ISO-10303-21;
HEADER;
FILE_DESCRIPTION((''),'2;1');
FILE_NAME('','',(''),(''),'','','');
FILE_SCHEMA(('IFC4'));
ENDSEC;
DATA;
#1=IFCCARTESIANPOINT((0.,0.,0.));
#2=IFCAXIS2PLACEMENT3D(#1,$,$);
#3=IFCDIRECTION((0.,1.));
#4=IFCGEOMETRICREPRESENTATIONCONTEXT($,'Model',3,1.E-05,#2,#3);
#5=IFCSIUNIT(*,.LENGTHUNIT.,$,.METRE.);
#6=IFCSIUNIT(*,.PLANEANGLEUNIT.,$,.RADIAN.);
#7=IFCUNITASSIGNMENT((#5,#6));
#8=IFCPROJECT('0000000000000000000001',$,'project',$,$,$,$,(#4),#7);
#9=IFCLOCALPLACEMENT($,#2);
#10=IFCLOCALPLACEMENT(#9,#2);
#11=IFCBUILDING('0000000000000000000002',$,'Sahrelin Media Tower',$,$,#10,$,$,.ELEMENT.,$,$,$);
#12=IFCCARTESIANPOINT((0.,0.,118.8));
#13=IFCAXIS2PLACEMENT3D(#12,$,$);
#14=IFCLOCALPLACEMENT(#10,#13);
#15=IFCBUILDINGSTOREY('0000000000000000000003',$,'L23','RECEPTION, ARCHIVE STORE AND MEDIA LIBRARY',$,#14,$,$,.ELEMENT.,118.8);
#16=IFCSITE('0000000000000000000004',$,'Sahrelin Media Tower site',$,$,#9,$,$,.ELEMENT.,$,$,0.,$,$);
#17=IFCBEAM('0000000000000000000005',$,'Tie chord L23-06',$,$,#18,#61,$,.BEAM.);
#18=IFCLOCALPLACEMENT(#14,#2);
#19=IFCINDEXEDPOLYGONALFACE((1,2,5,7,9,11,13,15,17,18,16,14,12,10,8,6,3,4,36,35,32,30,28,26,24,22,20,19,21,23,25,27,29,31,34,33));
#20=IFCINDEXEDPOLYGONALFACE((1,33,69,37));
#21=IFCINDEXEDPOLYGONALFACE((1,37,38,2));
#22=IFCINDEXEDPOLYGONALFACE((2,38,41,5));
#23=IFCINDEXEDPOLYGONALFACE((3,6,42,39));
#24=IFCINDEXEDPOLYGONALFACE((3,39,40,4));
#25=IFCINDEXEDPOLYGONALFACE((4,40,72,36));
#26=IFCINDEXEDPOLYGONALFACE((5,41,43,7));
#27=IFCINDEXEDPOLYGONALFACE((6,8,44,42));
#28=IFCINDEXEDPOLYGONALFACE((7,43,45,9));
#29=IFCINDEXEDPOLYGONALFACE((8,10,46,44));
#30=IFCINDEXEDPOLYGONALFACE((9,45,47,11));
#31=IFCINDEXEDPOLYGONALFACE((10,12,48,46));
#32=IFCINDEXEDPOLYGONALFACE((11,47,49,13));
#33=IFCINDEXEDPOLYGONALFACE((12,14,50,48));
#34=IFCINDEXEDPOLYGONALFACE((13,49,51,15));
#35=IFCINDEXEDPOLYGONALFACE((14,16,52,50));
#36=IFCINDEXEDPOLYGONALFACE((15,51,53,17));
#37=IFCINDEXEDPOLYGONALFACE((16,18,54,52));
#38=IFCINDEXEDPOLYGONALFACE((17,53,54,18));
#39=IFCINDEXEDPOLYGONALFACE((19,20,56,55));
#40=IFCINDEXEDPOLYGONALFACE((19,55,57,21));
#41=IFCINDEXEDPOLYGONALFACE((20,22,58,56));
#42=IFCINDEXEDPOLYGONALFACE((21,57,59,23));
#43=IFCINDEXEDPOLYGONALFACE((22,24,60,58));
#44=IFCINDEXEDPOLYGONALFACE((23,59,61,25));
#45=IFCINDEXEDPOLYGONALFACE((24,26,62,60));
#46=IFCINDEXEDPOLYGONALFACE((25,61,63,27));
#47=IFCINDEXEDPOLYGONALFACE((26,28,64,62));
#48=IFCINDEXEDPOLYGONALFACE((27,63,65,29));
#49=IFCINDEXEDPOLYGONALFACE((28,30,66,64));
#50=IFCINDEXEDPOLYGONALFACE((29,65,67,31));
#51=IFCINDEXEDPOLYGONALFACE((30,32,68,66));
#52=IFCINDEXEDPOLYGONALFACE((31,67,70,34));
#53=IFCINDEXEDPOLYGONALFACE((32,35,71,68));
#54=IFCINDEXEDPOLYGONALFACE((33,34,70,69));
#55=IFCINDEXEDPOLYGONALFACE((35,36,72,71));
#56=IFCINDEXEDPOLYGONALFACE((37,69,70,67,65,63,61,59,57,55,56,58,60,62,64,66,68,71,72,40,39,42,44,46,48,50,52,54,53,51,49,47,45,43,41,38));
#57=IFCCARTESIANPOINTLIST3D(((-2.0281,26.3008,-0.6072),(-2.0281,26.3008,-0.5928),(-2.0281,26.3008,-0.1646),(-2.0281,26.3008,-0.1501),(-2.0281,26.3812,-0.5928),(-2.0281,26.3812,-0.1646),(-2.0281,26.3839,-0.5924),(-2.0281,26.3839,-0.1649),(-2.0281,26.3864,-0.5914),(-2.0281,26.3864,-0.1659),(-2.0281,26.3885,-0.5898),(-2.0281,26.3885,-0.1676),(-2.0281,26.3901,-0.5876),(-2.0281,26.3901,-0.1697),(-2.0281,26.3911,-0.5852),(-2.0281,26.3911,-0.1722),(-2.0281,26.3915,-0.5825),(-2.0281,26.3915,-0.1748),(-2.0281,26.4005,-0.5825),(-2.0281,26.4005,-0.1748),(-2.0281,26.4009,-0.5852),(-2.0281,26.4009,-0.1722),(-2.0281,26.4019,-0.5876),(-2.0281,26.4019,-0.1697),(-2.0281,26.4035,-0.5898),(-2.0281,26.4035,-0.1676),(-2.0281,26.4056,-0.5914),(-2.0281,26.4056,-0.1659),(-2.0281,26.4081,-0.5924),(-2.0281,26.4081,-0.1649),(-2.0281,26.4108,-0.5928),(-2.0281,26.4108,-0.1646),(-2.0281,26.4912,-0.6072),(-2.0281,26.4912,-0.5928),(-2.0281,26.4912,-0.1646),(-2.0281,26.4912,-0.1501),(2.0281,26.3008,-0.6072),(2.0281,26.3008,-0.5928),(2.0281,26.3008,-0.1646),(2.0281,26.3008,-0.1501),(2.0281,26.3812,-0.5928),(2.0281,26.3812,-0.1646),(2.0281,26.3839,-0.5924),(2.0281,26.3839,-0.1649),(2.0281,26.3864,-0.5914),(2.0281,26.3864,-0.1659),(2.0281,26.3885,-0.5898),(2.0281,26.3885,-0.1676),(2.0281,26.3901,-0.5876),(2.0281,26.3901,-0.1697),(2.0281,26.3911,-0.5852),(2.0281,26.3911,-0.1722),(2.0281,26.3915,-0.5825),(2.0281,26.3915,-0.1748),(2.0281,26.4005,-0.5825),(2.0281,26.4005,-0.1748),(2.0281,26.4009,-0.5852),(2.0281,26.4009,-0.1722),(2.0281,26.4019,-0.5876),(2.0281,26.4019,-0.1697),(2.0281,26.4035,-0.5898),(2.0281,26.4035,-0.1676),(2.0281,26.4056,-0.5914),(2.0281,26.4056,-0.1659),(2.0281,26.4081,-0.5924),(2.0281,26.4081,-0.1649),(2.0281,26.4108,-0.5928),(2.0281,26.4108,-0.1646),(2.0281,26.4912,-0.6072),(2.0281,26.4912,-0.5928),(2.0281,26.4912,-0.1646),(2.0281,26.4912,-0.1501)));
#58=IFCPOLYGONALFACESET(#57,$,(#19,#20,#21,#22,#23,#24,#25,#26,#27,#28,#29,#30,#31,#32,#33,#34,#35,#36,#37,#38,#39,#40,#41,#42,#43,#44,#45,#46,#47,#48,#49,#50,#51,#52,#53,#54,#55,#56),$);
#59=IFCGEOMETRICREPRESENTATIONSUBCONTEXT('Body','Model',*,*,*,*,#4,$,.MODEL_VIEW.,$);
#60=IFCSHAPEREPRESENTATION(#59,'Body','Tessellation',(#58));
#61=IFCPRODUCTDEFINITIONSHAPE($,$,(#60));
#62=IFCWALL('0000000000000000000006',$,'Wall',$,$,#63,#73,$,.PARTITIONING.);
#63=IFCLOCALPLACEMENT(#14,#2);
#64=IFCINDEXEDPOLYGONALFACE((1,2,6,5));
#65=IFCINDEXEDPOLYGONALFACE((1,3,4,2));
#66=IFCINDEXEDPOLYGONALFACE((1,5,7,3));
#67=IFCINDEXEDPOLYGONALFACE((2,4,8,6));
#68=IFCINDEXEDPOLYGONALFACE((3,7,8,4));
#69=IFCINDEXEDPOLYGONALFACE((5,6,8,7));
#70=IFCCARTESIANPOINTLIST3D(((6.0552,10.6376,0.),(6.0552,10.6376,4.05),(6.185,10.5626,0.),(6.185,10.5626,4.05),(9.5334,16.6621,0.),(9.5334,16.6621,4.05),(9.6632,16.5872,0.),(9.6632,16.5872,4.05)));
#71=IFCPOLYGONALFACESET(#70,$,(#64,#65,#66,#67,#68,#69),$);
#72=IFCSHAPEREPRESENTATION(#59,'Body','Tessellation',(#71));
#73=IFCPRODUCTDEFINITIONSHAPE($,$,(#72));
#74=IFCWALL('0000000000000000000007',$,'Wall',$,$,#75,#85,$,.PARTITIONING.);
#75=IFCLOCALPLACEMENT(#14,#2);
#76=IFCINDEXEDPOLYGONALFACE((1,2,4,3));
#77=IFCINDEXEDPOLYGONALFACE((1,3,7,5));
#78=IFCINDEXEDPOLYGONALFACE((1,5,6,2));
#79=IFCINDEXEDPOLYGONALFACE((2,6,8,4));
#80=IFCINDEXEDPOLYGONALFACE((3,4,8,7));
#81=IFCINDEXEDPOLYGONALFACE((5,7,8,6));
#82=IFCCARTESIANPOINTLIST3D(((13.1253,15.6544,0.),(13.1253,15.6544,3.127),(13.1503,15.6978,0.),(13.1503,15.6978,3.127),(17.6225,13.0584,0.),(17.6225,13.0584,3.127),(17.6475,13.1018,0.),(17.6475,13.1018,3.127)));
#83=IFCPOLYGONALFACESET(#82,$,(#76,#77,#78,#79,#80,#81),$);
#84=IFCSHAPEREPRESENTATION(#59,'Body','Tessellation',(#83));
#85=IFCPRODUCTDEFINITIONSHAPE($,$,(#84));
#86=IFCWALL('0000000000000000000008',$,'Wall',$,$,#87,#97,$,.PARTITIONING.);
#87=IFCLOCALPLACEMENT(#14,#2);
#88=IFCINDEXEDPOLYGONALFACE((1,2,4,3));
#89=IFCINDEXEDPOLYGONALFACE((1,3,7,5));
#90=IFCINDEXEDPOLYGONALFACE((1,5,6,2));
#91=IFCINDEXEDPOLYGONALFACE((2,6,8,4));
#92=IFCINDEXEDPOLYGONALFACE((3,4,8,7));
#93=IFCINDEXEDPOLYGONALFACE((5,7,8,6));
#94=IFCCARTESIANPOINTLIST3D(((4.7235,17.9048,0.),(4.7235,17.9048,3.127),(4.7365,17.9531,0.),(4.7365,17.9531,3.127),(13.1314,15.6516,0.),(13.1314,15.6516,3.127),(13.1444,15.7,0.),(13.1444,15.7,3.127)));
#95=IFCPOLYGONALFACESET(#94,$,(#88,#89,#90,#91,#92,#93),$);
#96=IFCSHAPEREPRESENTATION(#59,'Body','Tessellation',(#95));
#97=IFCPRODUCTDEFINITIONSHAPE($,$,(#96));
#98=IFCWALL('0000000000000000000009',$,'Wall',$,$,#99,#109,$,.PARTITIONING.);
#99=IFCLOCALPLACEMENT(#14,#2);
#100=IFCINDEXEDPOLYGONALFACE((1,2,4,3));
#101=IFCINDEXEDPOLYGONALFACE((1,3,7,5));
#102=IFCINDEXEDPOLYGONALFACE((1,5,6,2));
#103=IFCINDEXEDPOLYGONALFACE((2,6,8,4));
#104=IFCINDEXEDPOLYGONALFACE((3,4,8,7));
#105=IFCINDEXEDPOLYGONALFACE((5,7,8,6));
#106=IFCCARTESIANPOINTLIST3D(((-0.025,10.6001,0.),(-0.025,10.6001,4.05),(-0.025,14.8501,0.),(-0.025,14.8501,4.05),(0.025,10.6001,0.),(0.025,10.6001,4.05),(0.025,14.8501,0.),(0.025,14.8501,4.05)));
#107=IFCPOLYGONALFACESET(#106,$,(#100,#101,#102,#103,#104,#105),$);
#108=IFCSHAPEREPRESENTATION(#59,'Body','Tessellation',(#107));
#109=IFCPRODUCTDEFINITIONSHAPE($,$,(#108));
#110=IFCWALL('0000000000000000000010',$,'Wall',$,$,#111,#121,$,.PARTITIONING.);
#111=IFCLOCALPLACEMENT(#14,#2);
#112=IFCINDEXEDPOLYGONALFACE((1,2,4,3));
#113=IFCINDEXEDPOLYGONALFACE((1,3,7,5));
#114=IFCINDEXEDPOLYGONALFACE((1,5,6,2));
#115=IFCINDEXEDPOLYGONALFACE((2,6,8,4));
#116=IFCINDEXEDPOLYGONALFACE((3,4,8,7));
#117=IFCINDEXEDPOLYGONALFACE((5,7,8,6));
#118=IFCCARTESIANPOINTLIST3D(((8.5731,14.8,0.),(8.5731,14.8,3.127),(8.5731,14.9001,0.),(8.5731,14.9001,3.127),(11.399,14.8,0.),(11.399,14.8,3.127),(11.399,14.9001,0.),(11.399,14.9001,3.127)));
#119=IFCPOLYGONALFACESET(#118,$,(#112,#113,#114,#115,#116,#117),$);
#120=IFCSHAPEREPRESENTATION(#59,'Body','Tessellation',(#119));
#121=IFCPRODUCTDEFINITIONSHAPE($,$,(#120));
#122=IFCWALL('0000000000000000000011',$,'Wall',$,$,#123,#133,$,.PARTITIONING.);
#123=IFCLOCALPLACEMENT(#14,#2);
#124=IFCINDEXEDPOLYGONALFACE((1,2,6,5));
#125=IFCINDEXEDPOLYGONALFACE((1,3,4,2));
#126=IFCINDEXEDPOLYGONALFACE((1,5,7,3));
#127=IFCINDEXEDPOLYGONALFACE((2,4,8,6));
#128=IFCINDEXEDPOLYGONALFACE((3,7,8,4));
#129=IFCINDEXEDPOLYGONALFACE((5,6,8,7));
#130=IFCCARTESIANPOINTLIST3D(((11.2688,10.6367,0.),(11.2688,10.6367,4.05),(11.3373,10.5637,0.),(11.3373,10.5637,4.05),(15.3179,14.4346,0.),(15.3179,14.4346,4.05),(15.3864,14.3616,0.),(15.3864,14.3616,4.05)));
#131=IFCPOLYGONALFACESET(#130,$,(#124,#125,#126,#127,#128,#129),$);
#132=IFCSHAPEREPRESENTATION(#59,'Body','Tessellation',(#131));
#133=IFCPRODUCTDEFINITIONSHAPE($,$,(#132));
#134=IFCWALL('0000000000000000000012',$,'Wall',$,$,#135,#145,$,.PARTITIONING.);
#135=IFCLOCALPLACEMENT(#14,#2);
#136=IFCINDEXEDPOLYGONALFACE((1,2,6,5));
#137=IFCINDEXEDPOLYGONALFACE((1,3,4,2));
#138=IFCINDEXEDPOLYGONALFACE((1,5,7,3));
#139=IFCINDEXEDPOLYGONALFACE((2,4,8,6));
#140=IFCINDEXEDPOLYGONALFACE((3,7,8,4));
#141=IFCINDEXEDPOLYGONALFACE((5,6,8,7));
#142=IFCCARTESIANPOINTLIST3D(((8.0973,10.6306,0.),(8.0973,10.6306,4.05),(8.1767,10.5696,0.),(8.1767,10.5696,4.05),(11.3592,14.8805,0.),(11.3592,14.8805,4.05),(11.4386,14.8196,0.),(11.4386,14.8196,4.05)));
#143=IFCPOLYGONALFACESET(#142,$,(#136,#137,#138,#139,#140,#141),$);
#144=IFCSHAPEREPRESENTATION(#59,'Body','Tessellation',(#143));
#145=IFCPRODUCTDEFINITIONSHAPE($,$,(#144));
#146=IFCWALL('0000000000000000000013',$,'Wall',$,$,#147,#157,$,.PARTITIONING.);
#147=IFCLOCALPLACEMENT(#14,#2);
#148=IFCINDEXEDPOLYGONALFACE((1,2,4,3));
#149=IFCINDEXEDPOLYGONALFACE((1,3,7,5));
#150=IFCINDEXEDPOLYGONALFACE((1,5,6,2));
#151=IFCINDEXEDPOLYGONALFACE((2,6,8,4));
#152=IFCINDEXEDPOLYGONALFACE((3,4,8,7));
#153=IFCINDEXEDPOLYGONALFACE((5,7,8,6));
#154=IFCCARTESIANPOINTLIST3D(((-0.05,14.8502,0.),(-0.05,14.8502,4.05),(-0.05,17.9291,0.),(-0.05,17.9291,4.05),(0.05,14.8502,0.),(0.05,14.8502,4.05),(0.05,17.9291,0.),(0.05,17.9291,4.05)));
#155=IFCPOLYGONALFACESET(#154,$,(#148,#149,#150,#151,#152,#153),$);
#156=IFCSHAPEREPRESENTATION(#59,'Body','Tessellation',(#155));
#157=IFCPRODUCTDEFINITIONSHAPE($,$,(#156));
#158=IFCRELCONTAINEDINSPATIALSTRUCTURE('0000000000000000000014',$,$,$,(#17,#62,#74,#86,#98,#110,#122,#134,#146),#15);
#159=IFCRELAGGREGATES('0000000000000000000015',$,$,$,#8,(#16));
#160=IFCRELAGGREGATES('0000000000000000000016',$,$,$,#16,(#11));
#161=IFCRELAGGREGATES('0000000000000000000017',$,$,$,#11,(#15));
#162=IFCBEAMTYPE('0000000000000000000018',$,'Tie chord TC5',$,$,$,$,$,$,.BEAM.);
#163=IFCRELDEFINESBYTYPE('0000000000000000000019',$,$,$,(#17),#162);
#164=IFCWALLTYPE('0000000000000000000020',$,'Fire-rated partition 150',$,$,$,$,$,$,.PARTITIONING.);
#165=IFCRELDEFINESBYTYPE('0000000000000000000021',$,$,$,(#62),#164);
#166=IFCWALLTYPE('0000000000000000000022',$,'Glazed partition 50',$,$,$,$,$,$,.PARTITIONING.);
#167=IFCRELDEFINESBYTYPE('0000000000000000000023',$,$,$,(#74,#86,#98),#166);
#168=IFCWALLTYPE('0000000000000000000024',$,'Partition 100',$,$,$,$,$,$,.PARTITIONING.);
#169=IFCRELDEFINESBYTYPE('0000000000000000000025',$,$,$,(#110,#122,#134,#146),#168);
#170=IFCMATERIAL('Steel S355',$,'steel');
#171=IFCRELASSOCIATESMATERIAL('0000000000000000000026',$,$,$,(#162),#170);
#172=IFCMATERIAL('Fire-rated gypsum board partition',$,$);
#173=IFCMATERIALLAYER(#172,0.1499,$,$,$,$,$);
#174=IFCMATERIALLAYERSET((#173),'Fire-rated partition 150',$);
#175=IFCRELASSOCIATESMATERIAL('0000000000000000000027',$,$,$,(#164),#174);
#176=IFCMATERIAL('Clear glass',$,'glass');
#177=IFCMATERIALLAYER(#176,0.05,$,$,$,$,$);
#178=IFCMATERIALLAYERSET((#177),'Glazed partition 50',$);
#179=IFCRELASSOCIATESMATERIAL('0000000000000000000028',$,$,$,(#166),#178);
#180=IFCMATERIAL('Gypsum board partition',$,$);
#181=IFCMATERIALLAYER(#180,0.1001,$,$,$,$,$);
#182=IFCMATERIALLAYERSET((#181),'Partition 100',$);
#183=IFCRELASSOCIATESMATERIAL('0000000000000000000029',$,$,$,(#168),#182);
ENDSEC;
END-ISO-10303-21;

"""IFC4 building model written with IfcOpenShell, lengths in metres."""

from ifc_helpers import new_model, si_unit, direction, frame, frame_2d, origin, origin_2d, place, context, subcontext, project, spatial, rectangle, i_section, extrude, material, layer, layer_set, material_profile, profile_set, type_object, element, save


model = new_model("IFC4")

# Units and contexts
model_context = context("Model", 3, precision=1e-05, world=origin(), true_north=direction((0.0, 1.0)))
body_context = subcontext(model_context, "Body", "Model", "MODEL_VIEW")
ifc_project = project(units=[si_unit("LENGTHUNIT", "METRE"), si_unit("PLANEANGLEUNIT", "RADIAN")], contexts=[model_context])

# Site, building, storey
site_placement = place(None, origin())
site = spatial("IfcSite", under=ifc_project, at=site_placement, Name="Sahrelin Media Tower site", CompositionType="ELEMENT", RefElevation=0.0)
building_placement = place(site_placement, origin())
building = spatial("IfcBuilding", under=site, at=building_placement, Name="Sahrelin Media Tower", CompositionType="ELEMENT")
storey_placement = place(building_placement, frame((0.0, 0.0, 118.8)))
storey = spatial("IfcBuildingStorey", under=building, at=storey_placement, Name="L23", Description="RECEPTION, ARCHIVE STORE AND MEDIA LIBRARY", CompositionType="ELEMENT", Elevation=118.8)

# Beam
ifc_material_1 = material(Name="Steel S355", Category="steel")
ifc_material_profile_1 = material_profile(ifc_material_1, i_section(OverallWidth=0.1904, OverallDepth=0.457, WebThickness=0.009, FlangeThickness=0.0144, FilletRadius=0.0103, at=origin_2d()), Name="UB 457x191x74")
ifc_profile_set_1 = profile_set([ifc_material_profile_1], Name="Steel S355")
beam_type_1 = type_object("IfcBeamType", Name="Tie chord TC5", PredefinedType="BEAM", material=ifc_profile_set_1)
beam_1_placement = place(storey_placement, frame((2.0281, 26.396, -0.3787), z_axis=(-1.0, 0.0, 0.0), x_axis=(0.0, -1.0, 0.0)))
element("IfcBeam", 1, at=beam_1_placement, inside=storey, type_object=beam_type_1, Name="Tie chord L23-06", PredefinedType="BEAM", context=body_context, shape_type="SweptSolid", body=[
    extrude(i_section(OverallWidth=0.1904, OverallDepth=0.457, WebThickness=0.009, FlangeThickness=0.0144, FilletRadius=0.0103, at=origin_2d()), origin(), (0.0, 0.0, 1.0), 4.0562),
])

# Walls
ifc_material_2 = material(Name="Fire-rated gypsum board partition")
ifc_layer_1 = layer(ifc_material_2, 0.1499)
ifc_layer_set_1 = layer_set([ifc_layer_1], Name="Fire-rated partition 150")
wall_type_1 = type_object("IfcWallType", Name="Fire-rated partition 150", PredefinedType="PARTITIONING", material=ifc_layer_set_1)
wall_1_placement = place(storey_placement, frame((6.1201, 10.6001, 0.0), z_axis=(0.0, 0.0, 1.0), x_axis=(0.499993, 0.86603, 0.0)))
element("IfcWall", 2, at=wall_1_placement, inside=storey, type_object=wall_type_1, Name="Wall", PredefinedType="PARTITIONING", context=body_context, shape_type="SweptSolid", body=[
    extrude(rectangle(XDim=6.9565, YDim=0.1499, at=frame_2d((3.4783, 0.0))), origin(), (0.0, 0.0, 1.0), 4.05),
])
ifc_material_3 = material(Name="Clear glass", Category="glass")
ifc_layer_2 = layer(ifc_material_3, 0.05)
ifc_layer_set_2 = layer_set([ifc_layer_2], Name="Glazed partition 50")
wall_type_2 = type_object("IfcWallType", Name="Glazed partition 50", PredefinedType="PARTITIONING", material=ifc_layer_set_2)
wall_2_placement = place(storey_placement, frame((13.1379, 15.676, 0.0), z_axis=(0.0, 0.0, 1.0), x_axis=(0.866062, -0.499937, 0.0)))
element("IfcWall", 3, at=wall_2_placement, inside=storey, type_object=wall_type_2, Name="Wall", PredefinedType="PARTITIONING", context=body_context, shape_type="SweptSolid", body=[
    extrude(rectangle(XDim=5.1926, YDim=0.05, at=frame_2d((2.5962, 0.0))), origin(), (0.0, 0.0, 1.0), 3.127),
])
wall_3_placement = place(storey_placement, frame((4.73, 17.929, 0.0), z_axis=(0.0, 0.0, 1.0), x_axis=(0.965918, -0.258848, 0.0)))
element("IfcWall", 4, at=wall_3_placement, inside=storey, type_object=wall_type_2, Name="Wall", PredefinedType="PARTITIONING", context=body_context, shape_type="SweptSolid", body=[
    extrude(rectangle(XDim=8.7046, YDim=0.05, at=frame_2d((4.3523, 0.0))), origin(), (0.0, 0.0, 1.0), 3.127),
])
wall_4_placement = place(storey_placement, frame((0.0, 10.6001, 0.0), z_axis=(0.0, 0.0, 1.0), x_axis=(0.0, 1.0, 0.0)))
element("IfcWall", 5, at=wall_4_placement, inside=storey, type_object=wall_type_2, Name="Wall", PredefinedType="PARTITIONING", context=body_context, shape_type="SweptSolid", body=[
    extrude(rectangle(XDim=4.25, YDim=0.05, at=frame_2d((2.125, 0.0))), origin(), (0.0, 0.0, 1.0), 4.05),
])
ifc_material_4 = material(Name="Gypsum board partition")
ifc_layer_3 = layer(ifc_material_4, 0.1001)
ifc_layer_set_3 = layer_set([ifc_layer_3], Name="Partition 100")
wall_type_3 = type_object("IfcWallType", Name="Partition 100", PredefinedType="PARTITIONING", material=ifc_layer_set_3)
wall_5_placement = place(storey_placement, frame((8.573, 14.8501, 0.0), z_axis=(0.0, 0.0, 1.0), x_axis=(1.0, 0.0, 0.0)))
element("IfcWall", 6, at=wall_5_placement, inside=storey, type_object=wall_type_3, Name="Wall", PredefinedType="PARTITIONING", context=body_context, shape_type="SweptSolid", body=[
    extrude(rectangle(XDim=2.8259, YDim=0.1001, at=frame_2d((1.4131, 0.0))), origin(), (0.0, 0.0, 1.0), 3.127),
])
wall_6_placement = place(storey_placement, frame((11.303, 10.6001, 0.0), z_axis=(0.0, 0.0, 1.0), x_axis=(0.729371, 0.684118, 0.0)))
element("IfcWall", 7, at=wall_6_placement, inside=storey, type_object=wall_type_3, Name="Wall", PredefinedType="PARTITIONING", context=body_context, shape_type="SweptSolid", body=[
    extrude(rectangle(XDim=5.5515, YDim=0.1001, at=frame_2d((2.7759, 0.0))), origin(), (0.0, 0.0, 1.0), 4.05),
])
wall_7_placement = place(storey_placement, frame((8.137, 10.6001, 0.0), z_axis=(0.0, 0.0, 1.0), x_axis=(0.608858, 0.793279, 0.0)))
element("IfcWall", 8, at=wall_7_placement, inside=storey, type_object=wall_type_3, Name="Wall", PredefinedType="PARTITIONING", context=body_context, shape_type="SweptSolid", body=[
    extrude(rectangle(XDim=5.3574, YDim=0.1001, at=frame_2d((2.6787, 0.0))), origin(), (0.0, 0.0, 1.0), 4.05),
])
wall_8_placement = place(storey_placement, frame((0.0, 14.8501, 0.0), z_axis=(0.0, 0.0, 1.0), x_axis=(0.0, 1.0, 0.0)))
element("IfcWall", 9, at=wall_8_placement, inside=storey, type_object=wall_type_3, Name="Wall", PredefinedType="PARTITIONING", context=body_context, shape_type="SweptSolid", body=[
    extrude(rectangle(XDim=3.0789, YDim=0.1001, at=frame_2d((1.5396, 0.0))), origin(), (0.0, 0.0, 1.0), 4.05),
])

save(model, "model.ifc")
